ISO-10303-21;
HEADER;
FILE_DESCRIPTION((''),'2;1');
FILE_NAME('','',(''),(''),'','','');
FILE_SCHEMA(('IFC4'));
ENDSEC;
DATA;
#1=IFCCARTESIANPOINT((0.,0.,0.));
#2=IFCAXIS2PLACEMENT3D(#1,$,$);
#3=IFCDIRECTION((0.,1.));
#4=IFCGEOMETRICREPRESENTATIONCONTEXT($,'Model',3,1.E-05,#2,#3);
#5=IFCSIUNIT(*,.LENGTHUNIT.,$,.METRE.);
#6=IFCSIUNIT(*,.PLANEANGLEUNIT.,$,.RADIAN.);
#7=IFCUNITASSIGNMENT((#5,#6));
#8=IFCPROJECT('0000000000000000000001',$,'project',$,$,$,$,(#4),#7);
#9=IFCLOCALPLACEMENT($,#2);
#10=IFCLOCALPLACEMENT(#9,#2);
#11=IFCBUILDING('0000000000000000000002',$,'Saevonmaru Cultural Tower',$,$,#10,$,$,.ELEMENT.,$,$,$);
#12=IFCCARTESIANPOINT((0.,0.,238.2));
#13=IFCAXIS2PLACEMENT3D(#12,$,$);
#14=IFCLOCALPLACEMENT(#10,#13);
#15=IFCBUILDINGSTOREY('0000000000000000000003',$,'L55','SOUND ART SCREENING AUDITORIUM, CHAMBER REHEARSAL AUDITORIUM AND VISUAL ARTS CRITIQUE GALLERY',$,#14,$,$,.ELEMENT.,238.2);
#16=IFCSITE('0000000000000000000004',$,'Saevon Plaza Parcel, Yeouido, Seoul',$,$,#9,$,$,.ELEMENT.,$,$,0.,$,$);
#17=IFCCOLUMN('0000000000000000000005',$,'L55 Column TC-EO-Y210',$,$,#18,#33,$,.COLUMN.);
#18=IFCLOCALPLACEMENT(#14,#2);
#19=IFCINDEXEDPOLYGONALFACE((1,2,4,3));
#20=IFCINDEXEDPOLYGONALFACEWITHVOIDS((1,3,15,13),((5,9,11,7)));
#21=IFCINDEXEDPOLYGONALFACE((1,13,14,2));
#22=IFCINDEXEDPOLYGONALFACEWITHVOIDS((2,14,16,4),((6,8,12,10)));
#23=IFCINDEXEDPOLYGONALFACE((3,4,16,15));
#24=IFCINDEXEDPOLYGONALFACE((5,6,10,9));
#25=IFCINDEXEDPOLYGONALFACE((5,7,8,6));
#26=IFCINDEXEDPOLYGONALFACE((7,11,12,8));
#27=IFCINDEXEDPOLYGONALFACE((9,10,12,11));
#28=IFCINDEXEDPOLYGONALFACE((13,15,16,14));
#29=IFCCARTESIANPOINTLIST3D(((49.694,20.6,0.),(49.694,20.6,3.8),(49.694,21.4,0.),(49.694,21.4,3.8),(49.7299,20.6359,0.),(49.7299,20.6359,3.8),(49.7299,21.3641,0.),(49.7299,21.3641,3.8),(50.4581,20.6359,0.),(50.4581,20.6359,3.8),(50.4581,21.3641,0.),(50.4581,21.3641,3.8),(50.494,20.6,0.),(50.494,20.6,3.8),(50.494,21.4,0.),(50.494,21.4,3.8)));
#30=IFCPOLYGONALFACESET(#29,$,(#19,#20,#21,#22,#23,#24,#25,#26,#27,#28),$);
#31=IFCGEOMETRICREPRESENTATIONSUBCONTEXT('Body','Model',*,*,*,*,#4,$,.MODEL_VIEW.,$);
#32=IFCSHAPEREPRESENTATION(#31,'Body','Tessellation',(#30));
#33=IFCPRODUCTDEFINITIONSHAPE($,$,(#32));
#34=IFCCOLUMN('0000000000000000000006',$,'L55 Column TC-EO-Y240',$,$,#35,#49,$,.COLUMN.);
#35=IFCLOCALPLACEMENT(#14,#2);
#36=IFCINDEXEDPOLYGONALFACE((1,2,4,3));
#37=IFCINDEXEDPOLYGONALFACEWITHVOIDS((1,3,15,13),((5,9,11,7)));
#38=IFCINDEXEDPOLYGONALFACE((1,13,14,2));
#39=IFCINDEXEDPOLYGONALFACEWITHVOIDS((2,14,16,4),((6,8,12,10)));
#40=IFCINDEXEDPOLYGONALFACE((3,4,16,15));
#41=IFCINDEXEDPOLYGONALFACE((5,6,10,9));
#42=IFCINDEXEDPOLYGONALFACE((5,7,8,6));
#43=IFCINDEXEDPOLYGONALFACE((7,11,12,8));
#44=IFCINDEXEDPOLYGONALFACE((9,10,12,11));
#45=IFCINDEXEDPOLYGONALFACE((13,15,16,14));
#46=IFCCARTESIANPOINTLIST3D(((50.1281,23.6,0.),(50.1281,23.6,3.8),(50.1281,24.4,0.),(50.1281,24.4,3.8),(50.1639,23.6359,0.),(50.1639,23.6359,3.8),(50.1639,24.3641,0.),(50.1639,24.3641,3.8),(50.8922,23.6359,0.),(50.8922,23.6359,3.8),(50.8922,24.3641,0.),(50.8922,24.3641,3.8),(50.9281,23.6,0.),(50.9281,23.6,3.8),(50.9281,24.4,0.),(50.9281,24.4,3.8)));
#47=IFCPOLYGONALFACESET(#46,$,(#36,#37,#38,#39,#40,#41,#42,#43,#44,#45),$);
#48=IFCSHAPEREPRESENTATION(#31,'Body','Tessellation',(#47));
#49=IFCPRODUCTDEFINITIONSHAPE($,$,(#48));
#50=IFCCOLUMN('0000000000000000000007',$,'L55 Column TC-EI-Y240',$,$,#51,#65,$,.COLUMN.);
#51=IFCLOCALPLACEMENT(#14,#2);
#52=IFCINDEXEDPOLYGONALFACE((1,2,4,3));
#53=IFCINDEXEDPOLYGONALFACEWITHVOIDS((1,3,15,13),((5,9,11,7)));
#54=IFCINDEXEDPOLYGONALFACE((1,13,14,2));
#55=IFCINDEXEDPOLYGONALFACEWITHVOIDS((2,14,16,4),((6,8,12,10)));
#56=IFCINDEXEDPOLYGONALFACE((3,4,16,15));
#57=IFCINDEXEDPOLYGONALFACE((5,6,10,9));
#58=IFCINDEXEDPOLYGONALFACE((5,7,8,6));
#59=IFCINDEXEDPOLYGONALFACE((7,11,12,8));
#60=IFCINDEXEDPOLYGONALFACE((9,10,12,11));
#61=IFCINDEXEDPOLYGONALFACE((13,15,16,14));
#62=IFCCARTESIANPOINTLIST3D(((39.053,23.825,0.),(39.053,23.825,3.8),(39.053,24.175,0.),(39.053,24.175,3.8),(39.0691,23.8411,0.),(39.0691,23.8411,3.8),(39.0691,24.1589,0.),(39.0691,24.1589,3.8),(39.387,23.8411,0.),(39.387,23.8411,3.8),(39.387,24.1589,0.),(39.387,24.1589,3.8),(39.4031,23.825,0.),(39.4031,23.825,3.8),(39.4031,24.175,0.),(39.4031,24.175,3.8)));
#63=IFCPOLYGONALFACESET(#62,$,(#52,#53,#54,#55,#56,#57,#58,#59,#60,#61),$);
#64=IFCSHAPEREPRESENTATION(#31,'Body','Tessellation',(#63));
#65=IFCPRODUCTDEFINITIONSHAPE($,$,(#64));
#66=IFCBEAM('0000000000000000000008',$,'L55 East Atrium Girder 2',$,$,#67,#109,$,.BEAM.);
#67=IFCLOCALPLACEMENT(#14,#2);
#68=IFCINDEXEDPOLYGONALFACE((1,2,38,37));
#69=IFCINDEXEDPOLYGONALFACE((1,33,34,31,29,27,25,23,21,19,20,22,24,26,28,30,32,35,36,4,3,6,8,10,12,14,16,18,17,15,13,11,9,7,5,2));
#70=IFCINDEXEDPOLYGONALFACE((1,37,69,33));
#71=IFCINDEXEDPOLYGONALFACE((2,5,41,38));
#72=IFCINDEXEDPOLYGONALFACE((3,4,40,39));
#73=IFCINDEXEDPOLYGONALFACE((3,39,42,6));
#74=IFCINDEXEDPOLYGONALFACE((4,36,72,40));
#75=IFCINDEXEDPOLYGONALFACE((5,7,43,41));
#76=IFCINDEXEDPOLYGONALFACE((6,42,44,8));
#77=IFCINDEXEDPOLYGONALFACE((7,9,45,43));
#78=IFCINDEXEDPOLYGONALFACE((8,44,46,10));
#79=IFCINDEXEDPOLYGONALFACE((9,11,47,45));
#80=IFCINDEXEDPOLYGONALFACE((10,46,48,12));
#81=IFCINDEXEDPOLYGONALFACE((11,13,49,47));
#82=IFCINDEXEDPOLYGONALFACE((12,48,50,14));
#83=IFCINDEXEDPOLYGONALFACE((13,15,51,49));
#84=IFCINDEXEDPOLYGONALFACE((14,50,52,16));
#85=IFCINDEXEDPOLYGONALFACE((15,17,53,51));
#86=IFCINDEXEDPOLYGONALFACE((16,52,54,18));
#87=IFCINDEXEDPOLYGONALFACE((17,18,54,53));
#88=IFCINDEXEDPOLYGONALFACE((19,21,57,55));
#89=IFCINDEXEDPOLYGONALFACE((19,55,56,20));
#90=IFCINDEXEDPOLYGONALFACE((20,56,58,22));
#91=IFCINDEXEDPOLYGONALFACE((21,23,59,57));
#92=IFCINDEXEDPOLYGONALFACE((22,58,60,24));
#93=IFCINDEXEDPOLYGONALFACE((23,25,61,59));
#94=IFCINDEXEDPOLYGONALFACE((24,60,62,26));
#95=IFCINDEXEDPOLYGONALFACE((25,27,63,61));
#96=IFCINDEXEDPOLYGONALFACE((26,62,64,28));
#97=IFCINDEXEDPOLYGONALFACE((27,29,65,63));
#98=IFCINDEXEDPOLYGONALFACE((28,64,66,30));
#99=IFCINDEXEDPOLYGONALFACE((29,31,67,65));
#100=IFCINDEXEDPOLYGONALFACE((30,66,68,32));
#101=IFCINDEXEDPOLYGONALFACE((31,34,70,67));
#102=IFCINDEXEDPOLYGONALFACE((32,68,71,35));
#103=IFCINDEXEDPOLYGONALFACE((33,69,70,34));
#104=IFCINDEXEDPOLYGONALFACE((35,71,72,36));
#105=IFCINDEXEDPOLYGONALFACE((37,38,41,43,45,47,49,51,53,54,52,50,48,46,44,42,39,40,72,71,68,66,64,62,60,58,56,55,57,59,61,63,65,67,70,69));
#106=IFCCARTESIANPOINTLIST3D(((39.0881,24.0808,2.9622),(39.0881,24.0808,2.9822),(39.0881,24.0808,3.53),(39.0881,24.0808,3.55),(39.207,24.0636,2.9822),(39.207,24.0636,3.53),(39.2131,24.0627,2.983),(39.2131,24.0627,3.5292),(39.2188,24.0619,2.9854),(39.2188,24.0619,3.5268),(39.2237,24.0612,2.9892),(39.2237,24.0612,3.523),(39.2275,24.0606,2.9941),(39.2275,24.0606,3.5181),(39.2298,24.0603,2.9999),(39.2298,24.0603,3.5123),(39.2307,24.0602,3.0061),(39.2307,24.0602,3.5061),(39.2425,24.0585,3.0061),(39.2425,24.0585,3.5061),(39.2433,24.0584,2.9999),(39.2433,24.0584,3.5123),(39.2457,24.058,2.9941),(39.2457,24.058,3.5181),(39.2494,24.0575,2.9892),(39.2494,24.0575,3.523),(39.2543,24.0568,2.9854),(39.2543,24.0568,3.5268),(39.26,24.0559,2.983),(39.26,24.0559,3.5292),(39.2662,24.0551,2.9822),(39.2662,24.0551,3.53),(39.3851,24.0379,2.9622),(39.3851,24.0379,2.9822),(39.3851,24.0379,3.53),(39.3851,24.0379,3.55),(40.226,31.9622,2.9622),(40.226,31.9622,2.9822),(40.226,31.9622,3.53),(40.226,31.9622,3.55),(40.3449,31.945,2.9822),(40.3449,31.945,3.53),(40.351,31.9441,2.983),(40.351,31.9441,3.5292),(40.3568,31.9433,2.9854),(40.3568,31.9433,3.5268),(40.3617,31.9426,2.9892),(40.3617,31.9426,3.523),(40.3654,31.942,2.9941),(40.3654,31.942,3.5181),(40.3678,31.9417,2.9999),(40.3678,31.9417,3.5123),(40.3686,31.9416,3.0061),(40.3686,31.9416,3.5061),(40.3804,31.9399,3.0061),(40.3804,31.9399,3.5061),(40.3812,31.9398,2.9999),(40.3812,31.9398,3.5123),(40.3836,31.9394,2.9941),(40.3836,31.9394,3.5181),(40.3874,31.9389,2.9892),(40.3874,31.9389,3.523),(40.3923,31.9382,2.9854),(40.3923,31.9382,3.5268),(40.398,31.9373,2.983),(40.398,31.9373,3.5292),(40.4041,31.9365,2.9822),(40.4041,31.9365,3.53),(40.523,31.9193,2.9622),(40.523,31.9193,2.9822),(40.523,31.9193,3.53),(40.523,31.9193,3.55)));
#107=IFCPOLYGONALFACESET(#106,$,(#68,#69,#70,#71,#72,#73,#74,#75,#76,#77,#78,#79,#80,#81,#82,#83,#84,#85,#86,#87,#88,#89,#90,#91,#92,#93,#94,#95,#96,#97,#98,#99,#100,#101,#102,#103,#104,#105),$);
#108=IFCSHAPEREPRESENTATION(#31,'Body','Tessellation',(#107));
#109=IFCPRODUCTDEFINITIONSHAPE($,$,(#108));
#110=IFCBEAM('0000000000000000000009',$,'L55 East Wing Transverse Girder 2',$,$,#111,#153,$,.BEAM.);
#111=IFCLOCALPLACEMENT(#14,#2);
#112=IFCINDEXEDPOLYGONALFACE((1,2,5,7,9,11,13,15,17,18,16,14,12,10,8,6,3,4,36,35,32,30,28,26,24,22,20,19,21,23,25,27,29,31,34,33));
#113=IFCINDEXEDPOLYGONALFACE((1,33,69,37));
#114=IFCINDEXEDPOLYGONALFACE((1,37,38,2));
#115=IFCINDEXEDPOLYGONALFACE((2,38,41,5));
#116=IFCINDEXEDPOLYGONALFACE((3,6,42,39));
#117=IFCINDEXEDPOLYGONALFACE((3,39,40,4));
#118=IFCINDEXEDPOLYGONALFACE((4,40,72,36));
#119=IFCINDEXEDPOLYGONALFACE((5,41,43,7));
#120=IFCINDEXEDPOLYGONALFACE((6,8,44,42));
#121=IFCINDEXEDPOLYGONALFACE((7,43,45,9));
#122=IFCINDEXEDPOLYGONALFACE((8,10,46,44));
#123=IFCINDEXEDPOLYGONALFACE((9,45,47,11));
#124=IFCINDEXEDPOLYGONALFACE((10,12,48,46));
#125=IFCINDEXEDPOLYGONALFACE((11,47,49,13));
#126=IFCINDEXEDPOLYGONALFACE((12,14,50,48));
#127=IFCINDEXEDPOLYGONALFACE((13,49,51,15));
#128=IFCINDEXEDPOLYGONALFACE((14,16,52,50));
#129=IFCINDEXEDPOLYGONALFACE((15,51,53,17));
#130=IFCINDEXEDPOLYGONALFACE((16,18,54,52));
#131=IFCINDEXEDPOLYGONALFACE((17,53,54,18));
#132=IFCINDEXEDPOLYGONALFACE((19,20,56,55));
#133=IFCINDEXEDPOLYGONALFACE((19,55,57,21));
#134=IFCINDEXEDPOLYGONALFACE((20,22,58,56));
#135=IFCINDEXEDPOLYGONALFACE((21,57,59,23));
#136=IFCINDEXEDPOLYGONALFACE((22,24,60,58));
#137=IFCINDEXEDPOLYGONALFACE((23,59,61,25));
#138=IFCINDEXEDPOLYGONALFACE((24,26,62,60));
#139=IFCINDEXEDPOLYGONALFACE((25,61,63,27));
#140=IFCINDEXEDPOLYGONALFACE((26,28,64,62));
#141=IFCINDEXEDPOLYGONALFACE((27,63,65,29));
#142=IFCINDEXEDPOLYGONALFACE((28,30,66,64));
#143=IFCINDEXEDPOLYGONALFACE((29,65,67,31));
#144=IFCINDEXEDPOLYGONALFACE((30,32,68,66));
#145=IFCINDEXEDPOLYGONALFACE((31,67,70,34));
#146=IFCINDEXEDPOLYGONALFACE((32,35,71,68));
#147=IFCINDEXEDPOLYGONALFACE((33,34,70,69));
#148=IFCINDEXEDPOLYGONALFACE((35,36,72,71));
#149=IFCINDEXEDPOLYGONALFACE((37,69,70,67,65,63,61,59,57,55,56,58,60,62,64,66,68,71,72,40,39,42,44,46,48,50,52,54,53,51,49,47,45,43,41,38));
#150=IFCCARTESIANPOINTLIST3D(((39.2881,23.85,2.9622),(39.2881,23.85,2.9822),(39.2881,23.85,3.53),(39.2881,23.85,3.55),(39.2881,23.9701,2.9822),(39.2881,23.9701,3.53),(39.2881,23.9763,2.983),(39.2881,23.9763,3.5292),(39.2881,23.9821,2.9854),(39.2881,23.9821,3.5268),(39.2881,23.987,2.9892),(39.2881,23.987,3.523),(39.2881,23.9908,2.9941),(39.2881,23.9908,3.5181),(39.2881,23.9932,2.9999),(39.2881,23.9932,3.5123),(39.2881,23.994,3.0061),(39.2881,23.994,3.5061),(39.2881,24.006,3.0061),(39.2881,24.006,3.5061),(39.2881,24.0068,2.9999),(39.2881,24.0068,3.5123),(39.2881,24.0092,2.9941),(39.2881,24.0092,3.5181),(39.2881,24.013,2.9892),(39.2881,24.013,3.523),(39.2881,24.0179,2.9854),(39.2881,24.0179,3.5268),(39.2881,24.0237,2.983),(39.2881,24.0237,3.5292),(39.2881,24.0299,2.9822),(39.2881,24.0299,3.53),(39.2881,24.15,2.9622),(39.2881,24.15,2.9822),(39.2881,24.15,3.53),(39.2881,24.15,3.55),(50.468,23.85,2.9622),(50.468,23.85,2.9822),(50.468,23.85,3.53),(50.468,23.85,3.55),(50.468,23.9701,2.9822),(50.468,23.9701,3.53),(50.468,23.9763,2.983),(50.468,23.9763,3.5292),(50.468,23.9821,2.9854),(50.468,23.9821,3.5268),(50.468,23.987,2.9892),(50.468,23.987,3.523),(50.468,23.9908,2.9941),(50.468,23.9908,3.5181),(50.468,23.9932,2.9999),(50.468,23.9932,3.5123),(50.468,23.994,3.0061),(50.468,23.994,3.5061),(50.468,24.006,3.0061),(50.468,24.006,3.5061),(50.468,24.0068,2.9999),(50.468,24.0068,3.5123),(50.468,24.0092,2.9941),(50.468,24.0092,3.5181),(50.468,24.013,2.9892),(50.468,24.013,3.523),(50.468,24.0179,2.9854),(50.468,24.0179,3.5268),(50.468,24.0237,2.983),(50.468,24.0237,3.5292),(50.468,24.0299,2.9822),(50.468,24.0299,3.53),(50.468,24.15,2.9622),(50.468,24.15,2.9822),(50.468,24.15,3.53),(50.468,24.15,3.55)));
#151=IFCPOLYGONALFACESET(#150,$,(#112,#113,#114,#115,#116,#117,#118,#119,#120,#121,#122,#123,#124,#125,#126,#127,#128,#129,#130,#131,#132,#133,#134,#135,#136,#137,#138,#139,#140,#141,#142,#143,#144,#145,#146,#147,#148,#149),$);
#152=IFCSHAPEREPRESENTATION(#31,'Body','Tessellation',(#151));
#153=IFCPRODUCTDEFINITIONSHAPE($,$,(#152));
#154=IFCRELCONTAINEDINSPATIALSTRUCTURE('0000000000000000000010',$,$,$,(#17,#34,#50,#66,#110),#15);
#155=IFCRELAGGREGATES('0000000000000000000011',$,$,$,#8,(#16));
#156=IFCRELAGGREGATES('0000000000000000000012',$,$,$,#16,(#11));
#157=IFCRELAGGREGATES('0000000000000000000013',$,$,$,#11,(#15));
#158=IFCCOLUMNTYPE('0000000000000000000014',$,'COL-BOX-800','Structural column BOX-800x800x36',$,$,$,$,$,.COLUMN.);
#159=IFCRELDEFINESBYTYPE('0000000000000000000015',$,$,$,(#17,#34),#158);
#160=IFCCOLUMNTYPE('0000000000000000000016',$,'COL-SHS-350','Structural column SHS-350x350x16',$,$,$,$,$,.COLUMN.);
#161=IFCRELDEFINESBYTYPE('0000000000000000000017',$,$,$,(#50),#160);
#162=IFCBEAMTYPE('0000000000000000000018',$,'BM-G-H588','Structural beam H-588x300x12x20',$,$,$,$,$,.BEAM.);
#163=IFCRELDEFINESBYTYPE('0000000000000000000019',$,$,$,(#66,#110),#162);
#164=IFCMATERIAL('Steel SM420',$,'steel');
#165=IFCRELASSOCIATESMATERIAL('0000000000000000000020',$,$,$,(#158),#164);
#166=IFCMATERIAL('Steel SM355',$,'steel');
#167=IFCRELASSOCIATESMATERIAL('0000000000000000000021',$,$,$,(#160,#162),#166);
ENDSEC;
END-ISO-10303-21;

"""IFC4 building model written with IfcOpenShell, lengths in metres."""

from ifc_helpers import new_model, si_unit, direction, frame, origin, origin_2d, place, context, subcontext, project, spatial, hollow_rectangle, i_section, extrude, material, material_profile, profile_set, type_object, element, save


model = new_model("IFC4")

# Units and contexts
model_context = context("Model", 3, precision=1e-05, world=origin(), true_north=direction((0.0, 1.0)))
body_context = subcontext(model_context, "Body", "Model", "MODEL_VIEW")
ifc_project = project(units=[si_unit("LENGTHUNIT", "METRE"), si_unit("PLANEANGLEUNIT", "RADIAN")], contexts=[model_context])

# Site, building, storey
site_placement = place(None, origin())
site = spatial("IfcSite", under=ifc_project, at=site_placement, Name="Saevon Plaza Parcel, Yeouido, Seoul", CompositionType="ELEMENT", RefElevation=0.0)
building_placement = place(site_placement, origin())
building = spatial("IfcBuilding", under=site, at=building_placement, Name="Saevonmaru Cultural Tower", CompositionType="ELEMENT")
storey_placement = place(building_placement, frame((0.0, 0.0, 238.2)))
storey = spatial("IfcBuildingStorey", under=building, at=storey_placement, Name="L55", Description="SOUND ART SCREENING AUDITORIUM, CHAMBER REHEARSAL AUDITORIUM AND VISUAL ARTS CRITIQUE GALLERY", CompositionType="ELEMENT", Elevation=238.2)

# Columns
ifc_material_1 = material(Name="Steel SM420", Category="steel")
ifc_material_profile_1 = material_profile(ifc_material_1, hollow_rectangle(XDim=0.8, YDim=0.8, WallThickness=0.0359, at=origin_2d()), Name="BOX-800x800x36")
ifc_profile_set_1 = profile_set([ifc_material_profile_1], Name="Steel SM420")
column_type_1 = type_object("IfcColumnType", Name="COL-BOX-800", Description="Structural column BOX-800x800x36", PredefinedType="COLUMN", material=ifc_profile_set_1)
for number, where, z_axis, x_axis, name in (
    (1, (50.094, 21.0, 0.0), (0.0, 0.0, 1.0), (1.0, 0.0, 0.0), "L55 Column TC-EO-Y210"),
    (2, (50.5281, 24.0, 0.0), (0.0, 0.0, 1.0), (1.0, 0.0, 0.0), "L55 Column TC-EO-Y240"),
):
    element("IfcColumn", number, at=place(storey_placement, frame(where, z_axis=z_axis, x_axis=x_axis)), inside=storey, type_object=column_type_1, Name=name, PredefinedType="COLUMN", context=body_context, shape_type="SweptSolid", body=[
        extrude(hollow_rectangle(XDim=0.8, YDim=0.8, WallThickness=0.0359, at=origin_2d()), origin(), (0.0, 0.0, 1.0), 3.8),
    ])
ifc_material_2 = material(Name="Steel SM355", Category="steel")
ifc_material_profile_2 = material_profile(ifc_material_2, hollow_rectangle(XDim=0.3501, YDim=0.3501, WallThickness=0.0161, at=origin_2d()), Name="SHS-350x350x16")
ifc_profile_set_2 = profile_set([ifc_material_profile_2], Name="Steel SM355")
column_type_2 = type_object("IfcColumnType", Name="COL-SHS-350", Description="Structural column SHS-350x350x16", PredefinedType="COLUMN", material=ifc_profile_set_2)
column_placement = place(storey_placement, frame((39.228, 24.0, 0.0), z_axis=(0.0, 0.0, 1.0), x_axis=(1.0, 0.0, 0.0)))
element("IfcColumn", 3, at=column_placement, inside=storey, type_object=column_type_2, Name="L55 Column TC-EI-Y240", PredefinedType="COLUMN", context=body_context, shape_type="SweptSolid", body=[
    extrude(hollow_rectangle(XDim=0.3501, YDim=0.3501, WallThickness=0.0161, at=origin_2d()), origin(), (0.0, 0.0, 1.0), 3.8),
])

# Beams
ifc_material_profile_3 = material_profile(ifc_material_2, i_section(OverallWidth=0.3, OverallDepth=0.5879, WebThickness=0.012, FlangeThickness=0.02, FilletRadius=0.0239, at=origin_2d()), Name="H-588x300x12x20")
ifc_profile_set_3 = profile_set([ifc_material_profile_3], Name="Steel SM355")
beam_type_1 = type_object("IfcBeamType", Name="BM-G-H588", Description="Structural beam H-588x300x12x20", PredefinedType="BEAM", material=ifc_profile_set_3)
beam_1_placement = place(storey_placement, frame((39.2366, 24.0593, 3.2561), z_axis=(0.142902, 0.989737, 0.0), x_axis=(-0.989737, 0.142902, 0.0)))
element("IfcBeam", 4, at=beam_1_placement, inside=storey, type_object=beam_type_1, Name="L55 East Atrium Girder 2", PredefinedType="BEAM", context=body_context, shape_type="SweptSolid", body=[
    extrude(i_section(OverallWidth=0.3, OverallDepth=0.5879, WebThickness=0.012, FlangeThickness=0.02, FilletRadius=0.0239, at=origin_2d()), origin(), (0.0, 0.0, 1.0), 7.9631),
])
beam_2_placement = place(storey_placement, frame((39.2881, 24.0, 3.2561), z_axis=(1.0, 0.0, 0.0), x_axis=(0.0, 1.0, 0.0)))
element("IfcBeam", 5, at=beam_2_placement, inside=storey, type_object=beam_type_1, Name="L55 East Wing Transverse Girder 2", PredefinedType="BEAM", context=body_context, shape_type="SweptSolid", body=[
    extrude(i_section(OverallWidth=0.3, OverallDepth=0.5879, WebThickness=0.012, FlangeThickness=0.02, FilletRadius=0.0239, at=origin_2d()), origin(), (0.0, 0.0, 1.0), 11.1799),
])

save(model, "model.ifc")
